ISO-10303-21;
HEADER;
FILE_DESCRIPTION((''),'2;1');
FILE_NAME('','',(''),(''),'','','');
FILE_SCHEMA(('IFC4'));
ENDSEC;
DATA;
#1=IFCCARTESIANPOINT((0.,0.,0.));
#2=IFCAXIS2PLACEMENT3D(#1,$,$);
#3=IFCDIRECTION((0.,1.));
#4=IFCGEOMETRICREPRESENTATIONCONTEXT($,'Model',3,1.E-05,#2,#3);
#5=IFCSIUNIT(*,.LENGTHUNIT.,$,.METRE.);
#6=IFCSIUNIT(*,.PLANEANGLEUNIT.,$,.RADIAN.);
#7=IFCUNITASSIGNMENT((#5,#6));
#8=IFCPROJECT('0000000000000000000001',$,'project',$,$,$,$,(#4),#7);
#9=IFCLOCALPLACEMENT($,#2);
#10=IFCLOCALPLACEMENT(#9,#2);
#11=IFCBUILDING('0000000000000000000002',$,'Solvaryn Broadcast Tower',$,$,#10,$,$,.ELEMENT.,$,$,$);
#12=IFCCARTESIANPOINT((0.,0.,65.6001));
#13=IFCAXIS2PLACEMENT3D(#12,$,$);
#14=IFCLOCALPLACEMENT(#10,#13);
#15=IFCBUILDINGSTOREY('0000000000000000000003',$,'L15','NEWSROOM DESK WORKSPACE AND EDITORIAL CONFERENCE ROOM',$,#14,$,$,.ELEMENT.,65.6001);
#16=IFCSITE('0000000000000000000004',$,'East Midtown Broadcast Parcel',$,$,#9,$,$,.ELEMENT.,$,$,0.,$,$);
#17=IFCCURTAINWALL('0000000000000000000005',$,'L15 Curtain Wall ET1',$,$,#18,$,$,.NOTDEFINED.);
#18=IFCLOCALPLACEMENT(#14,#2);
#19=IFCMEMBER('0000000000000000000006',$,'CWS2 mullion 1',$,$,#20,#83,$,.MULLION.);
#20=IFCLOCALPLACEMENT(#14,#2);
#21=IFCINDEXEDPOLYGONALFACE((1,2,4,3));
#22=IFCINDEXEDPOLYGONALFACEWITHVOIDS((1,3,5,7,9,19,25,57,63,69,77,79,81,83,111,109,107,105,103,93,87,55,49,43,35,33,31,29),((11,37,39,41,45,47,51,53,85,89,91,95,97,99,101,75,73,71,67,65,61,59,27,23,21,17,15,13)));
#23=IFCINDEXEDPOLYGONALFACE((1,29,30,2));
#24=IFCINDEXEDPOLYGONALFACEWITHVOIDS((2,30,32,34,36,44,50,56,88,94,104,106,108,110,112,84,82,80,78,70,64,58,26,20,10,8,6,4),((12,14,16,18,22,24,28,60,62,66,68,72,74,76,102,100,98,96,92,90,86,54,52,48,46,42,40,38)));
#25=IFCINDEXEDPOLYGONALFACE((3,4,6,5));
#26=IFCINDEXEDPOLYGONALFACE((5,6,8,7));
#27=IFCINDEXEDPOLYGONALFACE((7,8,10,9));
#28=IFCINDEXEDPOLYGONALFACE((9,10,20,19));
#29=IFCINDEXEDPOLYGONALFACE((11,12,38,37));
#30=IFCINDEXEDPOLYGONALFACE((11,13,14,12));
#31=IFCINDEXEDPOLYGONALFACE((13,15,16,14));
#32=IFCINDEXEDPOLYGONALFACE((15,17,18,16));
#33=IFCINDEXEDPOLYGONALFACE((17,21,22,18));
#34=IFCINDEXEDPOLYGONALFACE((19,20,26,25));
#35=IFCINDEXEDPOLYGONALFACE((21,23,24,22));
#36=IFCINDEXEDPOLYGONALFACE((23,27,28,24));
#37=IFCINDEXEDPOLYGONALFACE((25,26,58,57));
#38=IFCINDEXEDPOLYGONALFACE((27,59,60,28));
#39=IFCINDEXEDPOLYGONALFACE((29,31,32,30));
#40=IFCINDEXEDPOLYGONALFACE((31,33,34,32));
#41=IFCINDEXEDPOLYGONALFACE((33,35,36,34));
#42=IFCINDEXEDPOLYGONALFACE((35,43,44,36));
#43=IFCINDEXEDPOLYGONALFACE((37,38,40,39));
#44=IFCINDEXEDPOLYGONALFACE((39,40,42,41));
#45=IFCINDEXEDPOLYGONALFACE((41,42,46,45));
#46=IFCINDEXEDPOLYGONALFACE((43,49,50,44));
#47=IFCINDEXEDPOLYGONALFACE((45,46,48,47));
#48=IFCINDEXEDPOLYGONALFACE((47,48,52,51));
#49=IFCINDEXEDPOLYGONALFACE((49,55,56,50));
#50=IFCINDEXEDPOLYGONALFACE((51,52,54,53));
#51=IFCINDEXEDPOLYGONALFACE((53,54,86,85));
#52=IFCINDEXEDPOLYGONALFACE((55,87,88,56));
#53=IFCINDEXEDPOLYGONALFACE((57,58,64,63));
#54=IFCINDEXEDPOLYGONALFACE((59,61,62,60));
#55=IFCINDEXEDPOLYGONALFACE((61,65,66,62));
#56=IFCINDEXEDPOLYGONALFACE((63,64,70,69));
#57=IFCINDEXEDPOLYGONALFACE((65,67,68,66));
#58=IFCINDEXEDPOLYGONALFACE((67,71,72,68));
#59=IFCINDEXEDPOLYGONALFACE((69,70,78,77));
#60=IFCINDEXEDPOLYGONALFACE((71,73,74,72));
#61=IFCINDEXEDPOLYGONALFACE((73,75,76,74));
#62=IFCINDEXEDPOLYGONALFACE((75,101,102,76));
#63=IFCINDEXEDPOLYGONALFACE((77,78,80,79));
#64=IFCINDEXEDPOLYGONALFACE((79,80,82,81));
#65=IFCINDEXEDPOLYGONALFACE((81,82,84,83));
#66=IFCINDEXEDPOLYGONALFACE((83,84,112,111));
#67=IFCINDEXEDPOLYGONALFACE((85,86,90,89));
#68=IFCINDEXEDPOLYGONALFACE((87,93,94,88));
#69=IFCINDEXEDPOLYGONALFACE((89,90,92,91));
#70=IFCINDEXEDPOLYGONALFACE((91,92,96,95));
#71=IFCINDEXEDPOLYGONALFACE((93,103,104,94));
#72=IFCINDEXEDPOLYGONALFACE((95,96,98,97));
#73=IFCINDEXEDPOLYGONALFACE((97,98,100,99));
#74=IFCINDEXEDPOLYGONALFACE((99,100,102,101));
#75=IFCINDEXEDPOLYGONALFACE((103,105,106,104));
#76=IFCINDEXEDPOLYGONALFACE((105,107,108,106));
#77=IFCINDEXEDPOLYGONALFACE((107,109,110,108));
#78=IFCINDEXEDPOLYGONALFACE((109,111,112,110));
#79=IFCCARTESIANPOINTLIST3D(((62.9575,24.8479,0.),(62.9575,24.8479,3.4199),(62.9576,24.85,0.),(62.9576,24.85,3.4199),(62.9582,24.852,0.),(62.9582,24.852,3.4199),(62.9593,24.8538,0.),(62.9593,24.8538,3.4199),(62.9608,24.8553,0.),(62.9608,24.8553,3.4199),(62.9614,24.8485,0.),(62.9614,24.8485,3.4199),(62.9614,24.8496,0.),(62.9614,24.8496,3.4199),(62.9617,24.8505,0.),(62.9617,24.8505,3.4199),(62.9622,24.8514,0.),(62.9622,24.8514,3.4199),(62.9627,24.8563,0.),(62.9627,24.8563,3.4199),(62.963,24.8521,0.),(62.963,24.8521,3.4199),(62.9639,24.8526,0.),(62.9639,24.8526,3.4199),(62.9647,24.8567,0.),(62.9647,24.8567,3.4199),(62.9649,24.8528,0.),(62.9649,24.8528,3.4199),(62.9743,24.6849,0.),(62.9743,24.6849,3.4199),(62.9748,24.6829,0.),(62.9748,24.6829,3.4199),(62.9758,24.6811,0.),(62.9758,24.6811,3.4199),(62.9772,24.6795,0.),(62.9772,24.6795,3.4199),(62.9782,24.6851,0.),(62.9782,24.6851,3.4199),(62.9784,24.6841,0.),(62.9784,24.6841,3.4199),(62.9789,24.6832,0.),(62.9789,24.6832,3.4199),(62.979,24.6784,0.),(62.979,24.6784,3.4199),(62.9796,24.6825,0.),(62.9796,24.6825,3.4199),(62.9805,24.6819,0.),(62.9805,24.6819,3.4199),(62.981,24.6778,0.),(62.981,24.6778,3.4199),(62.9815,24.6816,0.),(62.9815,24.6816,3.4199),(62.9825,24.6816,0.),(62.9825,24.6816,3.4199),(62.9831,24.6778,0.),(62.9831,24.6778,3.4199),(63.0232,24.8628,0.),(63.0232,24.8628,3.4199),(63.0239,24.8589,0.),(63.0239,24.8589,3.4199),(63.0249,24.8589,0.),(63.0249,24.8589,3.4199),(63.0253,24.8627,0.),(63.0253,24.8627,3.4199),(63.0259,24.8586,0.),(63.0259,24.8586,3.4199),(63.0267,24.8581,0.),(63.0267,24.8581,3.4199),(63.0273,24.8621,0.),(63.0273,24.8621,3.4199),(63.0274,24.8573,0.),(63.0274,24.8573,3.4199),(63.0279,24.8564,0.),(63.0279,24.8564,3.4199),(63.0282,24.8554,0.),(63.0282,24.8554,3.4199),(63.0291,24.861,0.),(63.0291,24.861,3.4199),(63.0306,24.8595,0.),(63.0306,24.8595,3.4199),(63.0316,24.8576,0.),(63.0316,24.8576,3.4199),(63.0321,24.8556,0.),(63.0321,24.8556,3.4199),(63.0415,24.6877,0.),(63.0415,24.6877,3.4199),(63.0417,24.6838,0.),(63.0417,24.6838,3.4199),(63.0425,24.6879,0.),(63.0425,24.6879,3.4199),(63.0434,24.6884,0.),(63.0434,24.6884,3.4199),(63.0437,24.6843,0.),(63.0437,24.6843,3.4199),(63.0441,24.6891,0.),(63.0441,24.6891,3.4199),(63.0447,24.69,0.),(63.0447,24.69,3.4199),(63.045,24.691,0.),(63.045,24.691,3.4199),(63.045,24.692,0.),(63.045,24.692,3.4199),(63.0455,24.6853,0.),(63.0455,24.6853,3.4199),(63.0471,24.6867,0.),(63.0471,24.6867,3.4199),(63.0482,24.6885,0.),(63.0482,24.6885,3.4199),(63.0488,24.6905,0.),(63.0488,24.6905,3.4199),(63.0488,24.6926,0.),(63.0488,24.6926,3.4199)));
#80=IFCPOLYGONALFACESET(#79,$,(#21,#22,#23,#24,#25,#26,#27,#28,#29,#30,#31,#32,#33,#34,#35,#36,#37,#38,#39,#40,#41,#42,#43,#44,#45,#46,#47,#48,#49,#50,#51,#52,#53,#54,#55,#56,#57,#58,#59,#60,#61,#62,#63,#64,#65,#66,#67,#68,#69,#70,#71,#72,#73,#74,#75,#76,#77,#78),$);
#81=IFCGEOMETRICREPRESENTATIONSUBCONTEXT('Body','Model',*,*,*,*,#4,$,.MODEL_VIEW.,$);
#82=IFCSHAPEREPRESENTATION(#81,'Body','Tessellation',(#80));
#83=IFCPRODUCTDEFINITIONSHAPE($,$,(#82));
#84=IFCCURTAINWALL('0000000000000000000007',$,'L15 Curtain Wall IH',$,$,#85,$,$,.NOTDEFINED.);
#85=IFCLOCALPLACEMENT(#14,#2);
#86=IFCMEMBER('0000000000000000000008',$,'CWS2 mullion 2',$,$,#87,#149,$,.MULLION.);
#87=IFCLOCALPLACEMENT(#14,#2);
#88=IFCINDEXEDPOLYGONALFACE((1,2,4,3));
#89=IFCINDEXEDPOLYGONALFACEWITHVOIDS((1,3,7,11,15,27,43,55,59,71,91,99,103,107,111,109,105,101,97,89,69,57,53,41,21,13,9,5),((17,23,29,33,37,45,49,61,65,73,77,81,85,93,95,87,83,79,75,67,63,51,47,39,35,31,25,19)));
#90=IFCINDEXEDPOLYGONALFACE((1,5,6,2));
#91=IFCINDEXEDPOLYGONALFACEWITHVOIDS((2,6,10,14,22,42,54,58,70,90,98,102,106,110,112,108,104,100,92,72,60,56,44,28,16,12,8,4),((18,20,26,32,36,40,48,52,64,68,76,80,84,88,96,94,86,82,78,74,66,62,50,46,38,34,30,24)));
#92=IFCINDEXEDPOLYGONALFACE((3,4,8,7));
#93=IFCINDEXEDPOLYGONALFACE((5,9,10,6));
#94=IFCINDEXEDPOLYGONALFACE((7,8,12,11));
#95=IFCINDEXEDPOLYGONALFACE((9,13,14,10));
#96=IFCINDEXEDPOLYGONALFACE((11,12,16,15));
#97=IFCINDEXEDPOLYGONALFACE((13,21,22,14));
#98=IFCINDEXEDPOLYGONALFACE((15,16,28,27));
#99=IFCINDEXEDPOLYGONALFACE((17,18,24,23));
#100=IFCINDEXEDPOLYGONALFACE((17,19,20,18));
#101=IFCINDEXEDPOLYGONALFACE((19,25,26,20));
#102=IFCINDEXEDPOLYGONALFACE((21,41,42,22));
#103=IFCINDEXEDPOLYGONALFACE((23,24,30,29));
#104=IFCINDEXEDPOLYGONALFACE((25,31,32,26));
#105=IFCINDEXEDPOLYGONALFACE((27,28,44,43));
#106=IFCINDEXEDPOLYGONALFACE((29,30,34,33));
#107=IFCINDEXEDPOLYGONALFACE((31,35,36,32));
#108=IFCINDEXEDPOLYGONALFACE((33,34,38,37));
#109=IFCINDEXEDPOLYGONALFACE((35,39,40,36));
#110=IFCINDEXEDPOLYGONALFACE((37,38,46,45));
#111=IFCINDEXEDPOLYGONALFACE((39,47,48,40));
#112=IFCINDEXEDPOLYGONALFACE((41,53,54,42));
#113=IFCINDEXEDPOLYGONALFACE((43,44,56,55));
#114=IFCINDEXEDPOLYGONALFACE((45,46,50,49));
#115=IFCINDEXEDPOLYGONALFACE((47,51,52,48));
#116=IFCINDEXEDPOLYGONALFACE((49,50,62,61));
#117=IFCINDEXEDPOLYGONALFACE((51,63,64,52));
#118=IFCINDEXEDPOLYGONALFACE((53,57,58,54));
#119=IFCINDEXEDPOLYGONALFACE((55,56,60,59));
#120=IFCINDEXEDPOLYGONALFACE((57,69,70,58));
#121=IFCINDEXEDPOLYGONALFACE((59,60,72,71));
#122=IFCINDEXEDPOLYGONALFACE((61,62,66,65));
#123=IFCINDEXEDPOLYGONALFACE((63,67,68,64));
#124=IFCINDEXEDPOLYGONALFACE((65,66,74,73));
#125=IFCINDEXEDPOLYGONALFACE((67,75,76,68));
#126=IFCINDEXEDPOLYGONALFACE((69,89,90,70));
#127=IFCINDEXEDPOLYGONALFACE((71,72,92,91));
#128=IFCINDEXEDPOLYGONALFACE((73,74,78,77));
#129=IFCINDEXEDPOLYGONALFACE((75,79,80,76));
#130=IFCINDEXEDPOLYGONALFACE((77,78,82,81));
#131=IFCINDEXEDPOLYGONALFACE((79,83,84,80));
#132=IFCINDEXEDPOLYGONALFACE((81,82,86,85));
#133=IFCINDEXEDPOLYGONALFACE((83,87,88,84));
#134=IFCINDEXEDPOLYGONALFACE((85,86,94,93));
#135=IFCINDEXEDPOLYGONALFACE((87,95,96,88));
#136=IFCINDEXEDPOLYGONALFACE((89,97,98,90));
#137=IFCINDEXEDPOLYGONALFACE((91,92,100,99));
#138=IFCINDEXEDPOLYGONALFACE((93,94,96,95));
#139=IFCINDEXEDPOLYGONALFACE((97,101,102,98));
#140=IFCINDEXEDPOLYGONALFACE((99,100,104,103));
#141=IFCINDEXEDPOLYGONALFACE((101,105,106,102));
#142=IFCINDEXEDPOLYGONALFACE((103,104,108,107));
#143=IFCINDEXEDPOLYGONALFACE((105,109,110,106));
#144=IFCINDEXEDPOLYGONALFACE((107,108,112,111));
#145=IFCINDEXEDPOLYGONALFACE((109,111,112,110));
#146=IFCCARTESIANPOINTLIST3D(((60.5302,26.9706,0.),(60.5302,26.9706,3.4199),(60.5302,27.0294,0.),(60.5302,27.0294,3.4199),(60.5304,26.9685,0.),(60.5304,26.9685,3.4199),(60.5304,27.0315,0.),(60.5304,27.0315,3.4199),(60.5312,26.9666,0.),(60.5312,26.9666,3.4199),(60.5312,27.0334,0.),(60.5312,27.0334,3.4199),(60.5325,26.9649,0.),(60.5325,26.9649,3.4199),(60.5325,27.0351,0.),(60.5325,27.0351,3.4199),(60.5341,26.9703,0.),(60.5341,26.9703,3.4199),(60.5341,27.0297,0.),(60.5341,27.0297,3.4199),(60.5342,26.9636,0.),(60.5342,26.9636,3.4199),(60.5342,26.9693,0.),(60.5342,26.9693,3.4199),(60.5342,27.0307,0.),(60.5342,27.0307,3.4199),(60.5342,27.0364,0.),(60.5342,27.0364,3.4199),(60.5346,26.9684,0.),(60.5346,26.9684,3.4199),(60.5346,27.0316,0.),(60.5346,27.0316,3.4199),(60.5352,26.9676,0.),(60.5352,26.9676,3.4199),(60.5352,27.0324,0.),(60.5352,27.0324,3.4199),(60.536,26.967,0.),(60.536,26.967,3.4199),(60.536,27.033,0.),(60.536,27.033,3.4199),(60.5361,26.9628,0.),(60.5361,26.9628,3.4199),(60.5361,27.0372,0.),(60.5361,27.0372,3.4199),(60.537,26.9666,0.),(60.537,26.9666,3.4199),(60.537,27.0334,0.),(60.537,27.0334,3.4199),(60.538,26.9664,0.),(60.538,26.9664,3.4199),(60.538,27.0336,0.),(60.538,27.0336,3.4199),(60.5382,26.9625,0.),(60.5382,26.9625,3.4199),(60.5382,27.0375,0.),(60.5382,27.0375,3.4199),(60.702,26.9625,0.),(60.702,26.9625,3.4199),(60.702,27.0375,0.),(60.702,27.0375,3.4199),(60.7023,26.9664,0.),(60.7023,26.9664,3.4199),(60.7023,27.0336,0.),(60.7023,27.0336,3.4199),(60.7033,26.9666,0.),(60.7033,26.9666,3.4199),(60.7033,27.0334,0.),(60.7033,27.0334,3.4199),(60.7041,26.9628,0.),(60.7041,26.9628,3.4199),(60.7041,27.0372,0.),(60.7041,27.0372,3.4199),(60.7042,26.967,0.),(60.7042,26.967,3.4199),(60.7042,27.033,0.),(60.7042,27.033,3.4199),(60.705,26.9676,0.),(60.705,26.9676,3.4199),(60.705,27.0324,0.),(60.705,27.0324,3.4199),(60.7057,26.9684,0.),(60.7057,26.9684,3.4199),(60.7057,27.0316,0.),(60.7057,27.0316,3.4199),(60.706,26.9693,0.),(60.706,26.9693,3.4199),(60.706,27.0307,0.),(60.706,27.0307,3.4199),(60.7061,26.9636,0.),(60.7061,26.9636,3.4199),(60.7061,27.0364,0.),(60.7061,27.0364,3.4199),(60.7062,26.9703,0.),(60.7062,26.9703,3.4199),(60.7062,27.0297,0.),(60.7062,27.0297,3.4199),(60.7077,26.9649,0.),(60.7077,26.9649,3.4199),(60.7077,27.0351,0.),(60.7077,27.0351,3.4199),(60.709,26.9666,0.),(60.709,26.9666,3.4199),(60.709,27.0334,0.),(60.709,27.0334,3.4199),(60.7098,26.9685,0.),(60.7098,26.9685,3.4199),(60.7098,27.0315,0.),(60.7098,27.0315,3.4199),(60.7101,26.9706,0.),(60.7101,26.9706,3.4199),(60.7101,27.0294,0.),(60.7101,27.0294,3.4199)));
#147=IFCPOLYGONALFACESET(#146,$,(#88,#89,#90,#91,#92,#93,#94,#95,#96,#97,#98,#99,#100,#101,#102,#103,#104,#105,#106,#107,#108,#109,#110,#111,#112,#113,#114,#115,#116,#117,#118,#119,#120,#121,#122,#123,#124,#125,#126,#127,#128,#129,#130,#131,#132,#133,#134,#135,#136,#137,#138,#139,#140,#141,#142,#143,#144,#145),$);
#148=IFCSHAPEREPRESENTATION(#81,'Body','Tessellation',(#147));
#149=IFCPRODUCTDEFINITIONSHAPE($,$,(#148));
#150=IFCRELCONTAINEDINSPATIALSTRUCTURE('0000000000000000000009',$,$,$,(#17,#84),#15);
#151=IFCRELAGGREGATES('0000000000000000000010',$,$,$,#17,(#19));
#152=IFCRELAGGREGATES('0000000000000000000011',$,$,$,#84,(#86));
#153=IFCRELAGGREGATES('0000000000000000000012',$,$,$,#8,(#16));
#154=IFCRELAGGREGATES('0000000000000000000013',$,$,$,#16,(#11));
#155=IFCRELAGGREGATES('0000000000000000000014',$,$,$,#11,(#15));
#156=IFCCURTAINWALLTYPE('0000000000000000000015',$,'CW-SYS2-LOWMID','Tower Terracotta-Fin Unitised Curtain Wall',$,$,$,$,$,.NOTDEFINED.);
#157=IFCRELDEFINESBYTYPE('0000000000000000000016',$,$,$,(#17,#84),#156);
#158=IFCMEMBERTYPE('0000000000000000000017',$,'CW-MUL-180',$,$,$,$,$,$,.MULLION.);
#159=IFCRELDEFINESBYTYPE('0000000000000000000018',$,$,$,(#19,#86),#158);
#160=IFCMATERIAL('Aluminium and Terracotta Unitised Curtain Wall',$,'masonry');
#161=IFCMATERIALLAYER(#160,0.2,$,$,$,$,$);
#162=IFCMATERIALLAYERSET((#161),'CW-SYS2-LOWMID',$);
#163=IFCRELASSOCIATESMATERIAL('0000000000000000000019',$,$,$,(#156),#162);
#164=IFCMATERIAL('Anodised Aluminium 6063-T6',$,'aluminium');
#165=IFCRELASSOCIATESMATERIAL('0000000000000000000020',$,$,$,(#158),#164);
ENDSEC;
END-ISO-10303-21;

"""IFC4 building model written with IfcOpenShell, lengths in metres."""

from ifc_helpers import new_model, si_unit, direction, frame, origin, origin_2d, place, context, subcontext, project, spatial, hollow_rectangle, extrude, material, layer, layer_set, material_profile, profile_set, type_object, element, aggregate, save


model = new_model("IFC4")

# Units and contexts
model_context = context("Model", 3, precision=1e-05, world=origin(), true_north=direction((0.0, 1.0)))
body_context = subcontext(model_context, "Body", "Model", "MODEL_VIEW")
ifc_project = project(units=[si_unit("LENGTHUNIT", "METRE"), si_unit("PLANEANGLEUNIT", "RADIAN")], contexts=[model_context])

# Site, building, storey
site_placement = place(None, origin())
site = spatial("IfcSite", under=ifc_project, at=site_placement, Name="East Midtown Broadcast Parcel", CompositionType="ELEMENT", RefElevation=0.0)
building_placement = place(site_placement, origin())
building = spatial("IfcBuilding", under=site, at=building_placement, Name="Solvaryn Broadcast Tower", CompositionType="ELEMENT")
storey_placement = place(building_placement, frame((0.0, 0.0, 65.6001)))
storey = spatial("IfcBuildingStorey", under=building, at=storey_placement, Name="L15", Description="NEWSROOM DESK WORKSPACE AND EDITORIAL CONFERENCE ROOM", CompositionType="ELEMENT", Elevation=65.6001)

# Curtain walls, members
ifc_material_1 = material(Name="Aluminium and Terracotta Unitised Curtain Wall", Category="masonry")
ifc_layer_1 = layer(ifc_material_1, 0.2)
ifc_layer_set_1 = layer_set([ifc_layer_1], Name="CW-SYS2-LOWMID")
curtain_wall_type = type_object("IfcCurtainWallType", Name="CW-SYS2-LOWMID", Description="Tower Terracotta-Fin Unitised Curtain Wall", PredefinedType="NOTDEFINED", material=ifc_layer_set_1)
curtain_wall_1_placement = place(storey_placement, origin())
curtain_wall_1 = element("IfcCurtainWall", 1, at=curtain_wall_1_placement, inside=storey, type_object=curtain_wall_type, Name="L15 Curtain Wall ET1", PredefinedType="NOTDEFINED")
ifc_material_2 = material(Name="Anodised Aluminium 6063-T6", Category="aluminium")
ifc_material_profile_1 = material_profile(ifc_material_2, hollow_rectangle(XDim=0.075, YDim=0.1799, WallThickness=0.0039, InnerFilletRadius=0.0039, OuterFilletRadius=0.0081, at=origin_2d()))
ifc_profile_set_1 = profile_set([ifc_material_profile_1], Name="Anodised Aluminium 6063-T6")
member_type_1 = type_object("IfcMemberType", Name="CW-MUL-180", PredefinedType="MULLION", material=ifc_profile_set_1)
member_1_placement = place(storey_placement, frame((63.0032, 24.7703, 0.0), z_axis=(0.0, 0.0, 1.0), x_axis=(0.994743, 0.1024, 0.0)))
member_1 = element("IfcMember", 2, at=member_1_placement, type_object=member_type_1, Name="CWS2 mullion 1", PredefinedType="MULLION", context=body_context, shape_type="SweptSolid", body=[
    extrude(hollow_rectangle(XDim=0.075, YDim=0.1799, WallThickness=0.0039, InnerFilletRadius=0.0039, OuterFilletRadius=0.0081, at=origin_2d()), origin(), (0.0, 0.0, 1.0), 3.4199),
])
curtain_wall_2_placement = place(storey_placement, origin())
curtain_wall_2 = element("IfcCurtainWall", 3, at=curtain_wall_2_placement, inside=storey, type_object=curtain_wall_type, Name="L15 Curtain Wall IH", PredefinedType="NOTDEFINED")
member_2_placement = place(storey_placement, frame((60.6201, 27.0, 0.0), z_axis=(0.0, 0.0, 1.0), x_axis=(0.0, 1.0, 0.0)))
member_2 = element("IfcMember", 4, at=member_2_placement, type_object=member_type_1, Name="CWS2 mullion 2", PredefinedType="MULLION", context=body_context, shape_type="SweptSolid", body=[
    extrude(hollow_rectangle(XDim=0.075, YDim=0.1799, WallThickness=0.0039, InnerFilletRadius=0.0039, OuterFilletRadius=0.0081, at=origin_2d()), origin(), (0.0, 0.0, 1.0), 3.4199),
])

aggregate(curtain_wall_1, [member_1])
aggregate(curtain_wall_2, [member_2])

save(model, "model.ifc")
